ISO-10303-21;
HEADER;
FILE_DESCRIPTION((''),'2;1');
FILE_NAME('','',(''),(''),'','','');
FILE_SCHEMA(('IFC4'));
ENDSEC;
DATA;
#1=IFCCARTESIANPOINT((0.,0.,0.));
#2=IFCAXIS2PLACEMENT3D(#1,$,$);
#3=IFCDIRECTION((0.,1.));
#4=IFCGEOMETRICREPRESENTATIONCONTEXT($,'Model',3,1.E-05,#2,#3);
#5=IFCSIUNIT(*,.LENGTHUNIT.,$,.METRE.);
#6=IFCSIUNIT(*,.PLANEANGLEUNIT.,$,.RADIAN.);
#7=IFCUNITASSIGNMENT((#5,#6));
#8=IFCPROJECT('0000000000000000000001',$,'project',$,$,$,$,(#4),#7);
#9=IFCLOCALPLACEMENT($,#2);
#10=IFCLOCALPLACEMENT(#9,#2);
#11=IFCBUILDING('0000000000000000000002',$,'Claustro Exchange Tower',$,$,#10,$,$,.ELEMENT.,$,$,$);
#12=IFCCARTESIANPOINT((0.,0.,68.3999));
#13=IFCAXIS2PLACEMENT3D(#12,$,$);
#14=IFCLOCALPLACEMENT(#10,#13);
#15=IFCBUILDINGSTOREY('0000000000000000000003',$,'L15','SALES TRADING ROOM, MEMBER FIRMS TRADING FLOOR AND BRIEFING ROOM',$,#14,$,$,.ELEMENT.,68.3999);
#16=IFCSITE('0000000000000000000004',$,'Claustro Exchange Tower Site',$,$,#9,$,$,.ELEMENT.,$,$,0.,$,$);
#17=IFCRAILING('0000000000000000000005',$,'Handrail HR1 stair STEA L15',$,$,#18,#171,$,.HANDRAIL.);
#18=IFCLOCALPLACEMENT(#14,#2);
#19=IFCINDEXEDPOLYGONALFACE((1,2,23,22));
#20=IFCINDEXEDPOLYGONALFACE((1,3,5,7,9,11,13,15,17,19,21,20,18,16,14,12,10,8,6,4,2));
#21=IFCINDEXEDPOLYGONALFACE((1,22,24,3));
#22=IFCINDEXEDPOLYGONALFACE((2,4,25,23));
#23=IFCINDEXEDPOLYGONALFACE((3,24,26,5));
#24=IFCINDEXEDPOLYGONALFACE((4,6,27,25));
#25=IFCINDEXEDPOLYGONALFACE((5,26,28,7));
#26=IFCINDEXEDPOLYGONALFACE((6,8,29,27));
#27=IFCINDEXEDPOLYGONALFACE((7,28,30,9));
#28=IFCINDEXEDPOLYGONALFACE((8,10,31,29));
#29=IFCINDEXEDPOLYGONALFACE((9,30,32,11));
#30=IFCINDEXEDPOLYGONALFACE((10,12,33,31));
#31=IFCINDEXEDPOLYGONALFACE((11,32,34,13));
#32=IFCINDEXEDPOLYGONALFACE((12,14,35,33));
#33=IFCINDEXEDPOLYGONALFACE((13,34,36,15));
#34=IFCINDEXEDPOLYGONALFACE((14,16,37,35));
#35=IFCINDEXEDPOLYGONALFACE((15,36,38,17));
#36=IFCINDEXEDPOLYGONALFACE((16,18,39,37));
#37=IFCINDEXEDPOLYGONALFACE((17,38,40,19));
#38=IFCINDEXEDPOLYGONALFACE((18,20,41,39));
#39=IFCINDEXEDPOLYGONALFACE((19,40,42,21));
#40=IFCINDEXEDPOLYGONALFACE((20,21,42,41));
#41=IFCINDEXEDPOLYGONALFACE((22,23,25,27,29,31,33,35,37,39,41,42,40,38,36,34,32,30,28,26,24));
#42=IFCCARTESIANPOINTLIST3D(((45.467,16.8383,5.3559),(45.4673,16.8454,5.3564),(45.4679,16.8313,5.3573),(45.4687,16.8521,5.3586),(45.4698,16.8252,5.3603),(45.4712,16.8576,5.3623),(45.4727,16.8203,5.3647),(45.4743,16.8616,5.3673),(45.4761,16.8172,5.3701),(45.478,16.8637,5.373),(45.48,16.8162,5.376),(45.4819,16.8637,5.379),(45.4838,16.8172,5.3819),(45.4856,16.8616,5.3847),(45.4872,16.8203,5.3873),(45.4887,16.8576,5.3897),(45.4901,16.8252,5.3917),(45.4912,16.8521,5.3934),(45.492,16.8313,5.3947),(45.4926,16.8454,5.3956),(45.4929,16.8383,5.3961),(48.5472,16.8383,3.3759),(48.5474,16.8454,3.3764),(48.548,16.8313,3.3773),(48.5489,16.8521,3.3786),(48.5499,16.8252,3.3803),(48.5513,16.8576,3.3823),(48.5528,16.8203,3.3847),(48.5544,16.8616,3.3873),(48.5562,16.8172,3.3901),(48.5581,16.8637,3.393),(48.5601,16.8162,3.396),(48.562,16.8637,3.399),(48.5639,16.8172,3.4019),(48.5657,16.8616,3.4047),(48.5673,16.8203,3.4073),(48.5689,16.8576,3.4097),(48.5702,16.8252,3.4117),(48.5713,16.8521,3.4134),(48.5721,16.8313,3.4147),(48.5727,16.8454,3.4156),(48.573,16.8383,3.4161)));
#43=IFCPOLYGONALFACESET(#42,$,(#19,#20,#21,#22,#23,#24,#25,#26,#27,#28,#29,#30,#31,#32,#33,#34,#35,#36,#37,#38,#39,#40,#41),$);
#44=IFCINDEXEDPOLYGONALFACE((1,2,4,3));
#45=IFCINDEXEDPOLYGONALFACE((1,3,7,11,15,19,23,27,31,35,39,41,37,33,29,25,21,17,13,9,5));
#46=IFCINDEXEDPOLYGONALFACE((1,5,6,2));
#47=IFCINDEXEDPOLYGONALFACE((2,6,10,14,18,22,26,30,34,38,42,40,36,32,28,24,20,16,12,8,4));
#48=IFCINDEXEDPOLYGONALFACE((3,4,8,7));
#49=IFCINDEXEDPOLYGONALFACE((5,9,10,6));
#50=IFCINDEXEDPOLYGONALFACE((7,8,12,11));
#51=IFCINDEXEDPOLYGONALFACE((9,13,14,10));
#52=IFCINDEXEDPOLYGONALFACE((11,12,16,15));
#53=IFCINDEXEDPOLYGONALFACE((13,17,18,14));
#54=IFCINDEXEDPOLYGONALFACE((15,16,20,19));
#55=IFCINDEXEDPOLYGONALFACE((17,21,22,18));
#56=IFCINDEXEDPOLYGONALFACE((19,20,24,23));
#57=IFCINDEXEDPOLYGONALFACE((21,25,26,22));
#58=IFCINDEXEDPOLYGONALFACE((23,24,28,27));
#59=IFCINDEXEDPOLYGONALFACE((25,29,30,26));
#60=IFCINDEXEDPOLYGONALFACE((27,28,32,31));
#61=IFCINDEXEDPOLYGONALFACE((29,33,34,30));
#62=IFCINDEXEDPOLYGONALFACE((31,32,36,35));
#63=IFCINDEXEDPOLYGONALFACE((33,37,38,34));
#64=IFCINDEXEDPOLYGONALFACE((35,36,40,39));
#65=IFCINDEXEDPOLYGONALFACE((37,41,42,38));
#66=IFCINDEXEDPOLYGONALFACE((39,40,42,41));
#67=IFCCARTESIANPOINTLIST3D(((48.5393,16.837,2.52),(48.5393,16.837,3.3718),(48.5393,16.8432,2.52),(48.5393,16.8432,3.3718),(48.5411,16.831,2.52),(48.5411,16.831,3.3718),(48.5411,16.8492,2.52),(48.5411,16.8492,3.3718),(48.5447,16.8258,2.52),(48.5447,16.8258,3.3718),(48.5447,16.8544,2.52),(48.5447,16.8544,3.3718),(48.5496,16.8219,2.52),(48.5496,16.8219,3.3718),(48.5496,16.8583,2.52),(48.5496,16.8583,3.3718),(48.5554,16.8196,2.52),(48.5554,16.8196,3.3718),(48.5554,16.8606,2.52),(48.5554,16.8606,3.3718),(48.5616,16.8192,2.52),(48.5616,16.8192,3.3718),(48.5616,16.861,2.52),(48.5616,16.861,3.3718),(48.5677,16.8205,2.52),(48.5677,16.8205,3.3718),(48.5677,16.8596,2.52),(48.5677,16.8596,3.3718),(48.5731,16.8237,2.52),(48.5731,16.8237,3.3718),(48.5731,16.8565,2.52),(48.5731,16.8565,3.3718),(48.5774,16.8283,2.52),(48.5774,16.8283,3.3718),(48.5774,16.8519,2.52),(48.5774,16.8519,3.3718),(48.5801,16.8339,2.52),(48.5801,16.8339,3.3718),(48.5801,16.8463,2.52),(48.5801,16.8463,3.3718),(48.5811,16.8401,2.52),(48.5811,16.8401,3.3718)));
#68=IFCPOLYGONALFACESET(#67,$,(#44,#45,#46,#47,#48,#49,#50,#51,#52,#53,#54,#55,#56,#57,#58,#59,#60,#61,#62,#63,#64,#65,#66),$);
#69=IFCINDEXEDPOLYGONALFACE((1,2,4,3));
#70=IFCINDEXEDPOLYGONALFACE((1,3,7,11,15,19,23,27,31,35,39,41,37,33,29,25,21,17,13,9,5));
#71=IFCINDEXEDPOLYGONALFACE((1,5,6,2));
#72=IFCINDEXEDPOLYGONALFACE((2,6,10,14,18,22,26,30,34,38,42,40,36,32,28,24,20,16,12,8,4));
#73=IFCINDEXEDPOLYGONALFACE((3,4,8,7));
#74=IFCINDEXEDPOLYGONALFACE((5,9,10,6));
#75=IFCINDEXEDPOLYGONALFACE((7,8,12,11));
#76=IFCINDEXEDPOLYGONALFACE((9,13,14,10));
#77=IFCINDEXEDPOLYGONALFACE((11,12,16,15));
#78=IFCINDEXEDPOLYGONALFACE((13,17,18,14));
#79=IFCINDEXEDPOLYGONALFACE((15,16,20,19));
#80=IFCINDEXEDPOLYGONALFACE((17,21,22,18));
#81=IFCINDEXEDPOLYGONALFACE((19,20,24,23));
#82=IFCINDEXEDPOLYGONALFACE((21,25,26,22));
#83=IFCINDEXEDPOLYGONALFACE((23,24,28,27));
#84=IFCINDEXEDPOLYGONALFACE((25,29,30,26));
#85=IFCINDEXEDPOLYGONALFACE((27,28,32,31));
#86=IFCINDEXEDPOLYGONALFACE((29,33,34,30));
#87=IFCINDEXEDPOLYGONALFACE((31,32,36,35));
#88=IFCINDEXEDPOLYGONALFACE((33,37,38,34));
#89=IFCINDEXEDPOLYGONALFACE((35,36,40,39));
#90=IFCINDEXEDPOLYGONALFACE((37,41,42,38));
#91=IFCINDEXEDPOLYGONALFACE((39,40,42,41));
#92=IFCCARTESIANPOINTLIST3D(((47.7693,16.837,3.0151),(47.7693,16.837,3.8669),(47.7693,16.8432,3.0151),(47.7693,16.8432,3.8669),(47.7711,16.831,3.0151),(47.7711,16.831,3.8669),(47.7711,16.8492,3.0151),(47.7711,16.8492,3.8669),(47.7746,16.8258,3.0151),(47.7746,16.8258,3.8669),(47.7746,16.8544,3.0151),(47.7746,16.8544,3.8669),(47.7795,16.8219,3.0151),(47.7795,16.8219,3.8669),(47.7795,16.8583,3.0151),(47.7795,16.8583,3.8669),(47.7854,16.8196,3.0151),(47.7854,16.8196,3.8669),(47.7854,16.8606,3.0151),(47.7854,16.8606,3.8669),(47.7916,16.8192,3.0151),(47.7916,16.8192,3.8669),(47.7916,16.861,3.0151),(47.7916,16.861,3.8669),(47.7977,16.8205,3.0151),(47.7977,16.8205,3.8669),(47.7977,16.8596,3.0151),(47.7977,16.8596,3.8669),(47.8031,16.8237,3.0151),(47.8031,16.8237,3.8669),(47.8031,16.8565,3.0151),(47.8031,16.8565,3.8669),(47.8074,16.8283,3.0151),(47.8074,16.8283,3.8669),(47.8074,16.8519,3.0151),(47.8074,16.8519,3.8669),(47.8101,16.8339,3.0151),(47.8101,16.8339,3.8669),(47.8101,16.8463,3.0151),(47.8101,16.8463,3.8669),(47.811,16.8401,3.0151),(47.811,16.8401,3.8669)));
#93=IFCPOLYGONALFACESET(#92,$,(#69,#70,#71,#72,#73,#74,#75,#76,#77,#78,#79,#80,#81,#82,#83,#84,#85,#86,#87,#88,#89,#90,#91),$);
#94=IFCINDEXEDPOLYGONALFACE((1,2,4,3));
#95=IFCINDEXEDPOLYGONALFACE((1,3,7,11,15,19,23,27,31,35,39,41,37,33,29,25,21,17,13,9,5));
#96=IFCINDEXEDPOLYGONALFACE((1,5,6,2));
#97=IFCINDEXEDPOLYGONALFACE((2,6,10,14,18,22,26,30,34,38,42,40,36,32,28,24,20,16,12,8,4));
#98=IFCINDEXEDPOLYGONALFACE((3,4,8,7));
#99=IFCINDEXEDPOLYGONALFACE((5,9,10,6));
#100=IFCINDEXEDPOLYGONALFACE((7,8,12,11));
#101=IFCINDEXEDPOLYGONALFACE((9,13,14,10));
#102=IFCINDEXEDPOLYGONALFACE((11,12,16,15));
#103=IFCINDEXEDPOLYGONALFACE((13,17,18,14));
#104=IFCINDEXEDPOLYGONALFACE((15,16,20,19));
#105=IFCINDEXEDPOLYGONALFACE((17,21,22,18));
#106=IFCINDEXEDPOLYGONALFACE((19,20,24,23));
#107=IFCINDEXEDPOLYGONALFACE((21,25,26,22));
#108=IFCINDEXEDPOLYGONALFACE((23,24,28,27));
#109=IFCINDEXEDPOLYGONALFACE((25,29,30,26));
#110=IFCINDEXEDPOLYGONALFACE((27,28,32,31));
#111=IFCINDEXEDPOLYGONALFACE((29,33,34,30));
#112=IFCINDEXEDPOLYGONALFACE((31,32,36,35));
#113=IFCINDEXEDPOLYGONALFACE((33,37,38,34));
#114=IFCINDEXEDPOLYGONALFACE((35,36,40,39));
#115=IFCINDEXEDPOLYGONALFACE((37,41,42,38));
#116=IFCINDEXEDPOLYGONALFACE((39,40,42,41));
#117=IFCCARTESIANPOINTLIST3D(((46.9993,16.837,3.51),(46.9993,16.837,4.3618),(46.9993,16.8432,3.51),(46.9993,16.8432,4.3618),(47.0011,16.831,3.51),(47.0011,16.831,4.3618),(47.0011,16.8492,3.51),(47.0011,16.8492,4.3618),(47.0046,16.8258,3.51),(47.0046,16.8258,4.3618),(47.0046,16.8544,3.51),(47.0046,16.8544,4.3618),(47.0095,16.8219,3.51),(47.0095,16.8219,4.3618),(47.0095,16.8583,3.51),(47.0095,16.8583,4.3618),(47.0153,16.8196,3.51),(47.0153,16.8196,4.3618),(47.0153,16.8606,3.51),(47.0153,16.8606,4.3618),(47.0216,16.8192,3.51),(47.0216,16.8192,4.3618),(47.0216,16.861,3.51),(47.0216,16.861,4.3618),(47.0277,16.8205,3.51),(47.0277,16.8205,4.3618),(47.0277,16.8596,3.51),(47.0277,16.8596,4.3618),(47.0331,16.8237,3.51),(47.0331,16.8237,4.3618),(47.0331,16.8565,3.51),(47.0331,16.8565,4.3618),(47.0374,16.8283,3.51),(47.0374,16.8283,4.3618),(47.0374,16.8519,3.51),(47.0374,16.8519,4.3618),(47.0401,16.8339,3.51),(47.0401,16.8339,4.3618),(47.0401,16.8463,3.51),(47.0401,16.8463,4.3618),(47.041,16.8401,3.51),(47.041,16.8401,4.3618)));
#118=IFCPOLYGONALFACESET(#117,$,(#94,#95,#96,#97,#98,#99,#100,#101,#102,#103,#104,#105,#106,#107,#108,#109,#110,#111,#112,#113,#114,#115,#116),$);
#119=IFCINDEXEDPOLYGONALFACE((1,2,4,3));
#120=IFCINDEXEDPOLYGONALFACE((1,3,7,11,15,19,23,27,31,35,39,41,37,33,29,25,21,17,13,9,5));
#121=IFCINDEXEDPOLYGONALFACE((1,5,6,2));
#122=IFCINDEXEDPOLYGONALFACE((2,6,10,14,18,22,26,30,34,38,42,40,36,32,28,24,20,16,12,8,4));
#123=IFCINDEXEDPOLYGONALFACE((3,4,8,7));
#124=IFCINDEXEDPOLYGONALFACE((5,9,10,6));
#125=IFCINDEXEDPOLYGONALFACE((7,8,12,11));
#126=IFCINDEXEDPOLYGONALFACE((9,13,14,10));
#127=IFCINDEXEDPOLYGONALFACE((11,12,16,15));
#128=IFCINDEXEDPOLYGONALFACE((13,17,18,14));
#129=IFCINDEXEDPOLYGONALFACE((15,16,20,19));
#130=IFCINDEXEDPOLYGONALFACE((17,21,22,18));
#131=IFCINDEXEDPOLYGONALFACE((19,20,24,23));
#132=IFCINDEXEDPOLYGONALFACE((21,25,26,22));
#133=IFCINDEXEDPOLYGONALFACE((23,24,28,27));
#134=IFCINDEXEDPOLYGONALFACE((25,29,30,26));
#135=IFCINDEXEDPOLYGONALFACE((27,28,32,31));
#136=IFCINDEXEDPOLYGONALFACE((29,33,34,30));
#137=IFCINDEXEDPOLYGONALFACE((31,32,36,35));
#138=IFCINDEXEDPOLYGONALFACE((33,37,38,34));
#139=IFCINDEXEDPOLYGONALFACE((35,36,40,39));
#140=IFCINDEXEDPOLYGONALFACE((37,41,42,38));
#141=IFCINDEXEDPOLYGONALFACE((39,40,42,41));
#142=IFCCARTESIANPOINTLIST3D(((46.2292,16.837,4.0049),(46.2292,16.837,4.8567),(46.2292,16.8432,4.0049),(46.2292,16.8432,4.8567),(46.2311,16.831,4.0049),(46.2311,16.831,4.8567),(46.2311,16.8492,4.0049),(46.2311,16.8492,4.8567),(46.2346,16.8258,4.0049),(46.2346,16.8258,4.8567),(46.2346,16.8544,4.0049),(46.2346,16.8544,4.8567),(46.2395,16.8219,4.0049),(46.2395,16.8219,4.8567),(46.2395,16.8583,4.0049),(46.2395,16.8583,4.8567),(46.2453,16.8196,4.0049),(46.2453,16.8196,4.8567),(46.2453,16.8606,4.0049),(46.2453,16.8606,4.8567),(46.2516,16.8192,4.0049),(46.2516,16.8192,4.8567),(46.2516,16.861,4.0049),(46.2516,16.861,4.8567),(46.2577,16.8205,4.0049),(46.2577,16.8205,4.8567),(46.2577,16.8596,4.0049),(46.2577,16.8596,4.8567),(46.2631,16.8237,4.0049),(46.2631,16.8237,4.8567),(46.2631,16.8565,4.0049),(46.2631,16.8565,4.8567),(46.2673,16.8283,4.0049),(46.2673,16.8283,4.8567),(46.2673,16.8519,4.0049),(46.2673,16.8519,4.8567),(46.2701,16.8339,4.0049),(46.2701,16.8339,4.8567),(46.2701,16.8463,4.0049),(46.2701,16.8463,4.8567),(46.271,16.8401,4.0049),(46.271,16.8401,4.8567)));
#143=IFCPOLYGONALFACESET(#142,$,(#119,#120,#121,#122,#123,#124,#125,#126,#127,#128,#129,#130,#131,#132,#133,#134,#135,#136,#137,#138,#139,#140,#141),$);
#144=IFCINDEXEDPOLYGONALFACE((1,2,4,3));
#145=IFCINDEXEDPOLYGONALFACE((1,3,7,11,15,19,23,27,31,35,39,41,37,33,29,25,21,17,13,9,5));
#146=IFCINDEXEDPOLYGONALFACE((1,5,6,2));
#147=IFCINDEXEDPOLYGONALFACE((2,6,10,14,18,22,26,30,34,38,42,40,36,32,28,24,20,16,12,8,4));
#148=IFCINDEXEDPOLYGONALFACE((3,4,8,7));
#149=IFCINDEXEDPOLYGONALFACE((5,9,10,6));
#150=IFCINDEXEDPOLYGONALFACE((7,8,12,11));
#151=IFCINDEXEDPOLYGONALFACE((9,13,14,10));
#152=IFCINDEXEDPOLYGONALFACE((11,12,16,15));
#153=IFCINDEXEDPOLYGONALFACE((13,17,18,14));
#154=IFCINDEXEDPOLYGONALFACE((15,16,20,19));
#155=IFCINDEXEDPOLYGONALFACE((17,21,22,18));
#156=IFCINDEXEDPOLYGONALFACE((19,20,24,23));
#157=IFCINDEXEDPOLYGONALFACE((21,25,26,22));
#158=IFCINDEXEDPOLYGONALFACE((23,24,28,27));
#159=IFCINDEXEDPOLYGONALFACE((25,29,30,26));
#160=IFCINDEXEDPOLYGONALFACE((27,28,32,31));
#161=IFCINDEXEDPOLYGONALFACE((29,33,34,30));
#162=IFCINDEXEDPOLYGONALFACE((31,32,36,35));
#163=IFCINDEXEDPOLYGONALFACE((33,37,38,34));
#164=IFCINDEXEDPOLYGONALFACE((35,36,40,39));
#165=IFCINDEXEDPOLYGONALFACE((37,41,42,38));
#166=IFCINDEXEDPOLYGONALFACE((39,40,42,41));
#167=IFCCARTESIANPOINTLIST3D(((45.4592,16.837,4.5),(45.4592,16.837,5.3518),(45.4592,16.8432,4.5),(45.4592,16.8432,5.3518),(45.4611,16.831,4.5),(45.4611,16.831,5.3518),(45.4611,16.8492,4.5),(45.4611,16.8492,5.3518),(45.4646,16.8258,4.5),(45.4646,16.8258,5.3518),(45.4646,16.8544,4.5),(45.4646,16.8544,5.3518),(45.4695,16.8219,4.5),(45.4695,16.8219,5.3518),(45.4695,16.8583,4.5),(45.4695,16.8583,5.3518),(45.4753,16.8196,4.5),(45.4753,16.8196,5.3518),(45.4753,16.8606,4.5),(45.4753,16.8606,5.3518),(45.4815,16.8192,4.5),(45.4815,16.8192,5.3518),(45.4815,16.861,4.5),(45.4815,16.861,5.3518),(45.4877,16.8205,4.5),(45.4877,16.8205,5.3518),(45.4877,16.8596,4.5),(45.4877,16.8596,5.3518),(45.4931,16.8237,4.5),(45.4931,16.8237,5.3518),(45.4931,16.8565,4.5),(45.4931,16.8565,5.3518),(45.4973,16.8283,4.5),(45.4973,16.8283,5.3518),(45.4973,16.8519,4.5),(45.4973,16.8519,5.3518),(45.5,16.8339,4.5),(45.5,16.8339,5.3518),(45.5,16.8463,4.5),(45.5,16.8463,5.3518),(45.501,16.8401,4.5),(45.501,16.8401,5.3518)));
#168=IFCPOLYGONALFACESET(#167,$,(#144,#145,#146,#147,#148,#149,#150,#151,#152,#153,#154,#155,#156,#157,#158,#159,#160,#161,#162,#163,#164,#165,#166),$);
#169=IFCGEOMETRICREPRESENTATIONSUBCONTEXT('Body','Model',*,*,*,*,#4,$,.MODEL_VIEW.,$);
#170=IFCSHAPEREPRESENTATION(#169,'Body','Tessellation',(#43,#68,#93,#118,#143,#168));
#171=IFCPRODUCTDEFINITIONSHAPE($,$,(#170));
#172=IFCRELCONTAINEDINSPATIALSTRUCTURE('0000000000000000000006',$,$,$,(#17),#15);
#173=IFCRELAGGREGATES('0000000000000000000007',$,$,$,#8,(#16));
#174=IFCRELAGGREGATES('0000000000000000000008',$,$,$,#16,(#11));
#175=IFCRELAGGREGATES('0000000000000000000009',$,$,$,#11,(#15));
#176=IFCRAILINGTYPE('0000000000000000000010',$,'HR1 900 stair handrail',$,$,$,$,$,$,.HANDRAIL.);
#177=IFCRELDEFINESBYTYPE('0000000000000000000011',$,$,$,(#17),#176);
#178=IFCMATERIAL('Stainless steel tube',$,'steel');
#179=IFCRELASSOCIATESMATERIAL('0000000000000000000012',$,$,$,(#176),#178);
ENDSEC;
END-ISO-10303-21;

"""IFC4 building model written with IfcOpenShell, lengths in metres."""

from ifc_helpers import new_model, si_unit, direction, frame, origin, origin_2d, place, context, subcontext, project, spatial, circle, extrude, material, type_object, element, save


model = new_model("IFC4")

# Units and contexts
model_context = context("Model", 3, precision=1e-05, world=origin(), true_north=direction((0.0, 1.0)))
body_context = subcontext(model_context, "Body", "Model", "MODEL_VIEW")
ifc_project = project(units=[si_unit("LENGTHUNIT", "METRE"), si_unit("PLANEANGLEUNIT", "RADIAN")], contexts=[model_context])

# Site, building, storey
site_placement = place(None, origin())
site = spatial("IfcSite", under=ifc_project, at=site_placement, Name="Claustro Exchange Tower Site", CompositionType="ELEMENT", RefElevation=0.0)
building_placement = place(site_placement, origin())
building = spatial("IfcBuilding", under=site, at=building_placement, Name="Claustro Exchange Tower", CompositionType="ELEMENT")
storey_placement = place(building_placement, frame((0.0, 0.0, 68.3999)))
storey = spatial("IfcBuildingStorey", under=building, at=storey_placement, Name="L15", Description="SALES TRADING ROOM, MEMBER FIRMS TRADING FLOOR AND BRIEFING ROOM", CompositionType="ELEMENT", Elevation=68.3999)

# Railing
ifc_material_1 = material(Name="Stainless steel tube", Category="steel")
railing_type_1 = type_object("IfcRailingType", Name="HR1 900 stair handrail", PredefinedType="HANDRAIL", material=ifc_material_1)
railing_1_placement = place(storey_placement, frame((48.5601, 16.8401, 2.52)))
element("IfcRailing", 1, at=railing_1_placement, inside=storey, type_object=railing_type_1, Name="Handrail HR1 stair STEA L15", PredefinedType="HANDRAIL", context=body_context, shape_type="SweptSolid", body=[
    extrude(circle(Radius=0.0239, at=origin_2d()), frame((0.0, 0.0, 0.876), z_axis=(-0.841187, 0.0, 0.540744), x_axis=(0.0, -1.0, 0.0)), (0.0, 0.0, 1.0), 3.6616),
    extrude(circle(Radius=0.021, at=origin_2d()), origin(), (0.0, 0.0, 1.0), 0.8518),
    extrude(circle(Radius=0.021, at=origin_2d()), frame((-0.77, 0.0, 0.4951)), (0.0, 0.0, 1.0), 0.8518),
    extrude(circle(Radius=0.021, at=origin_2d()), frame((-1.54, 0.0, 0.99)), (0.0, 0.0, 1.0), 0.8518),
    extrude(circle(Radius=0.021, at=origin_2d()), frame((-2.3101, 0.0, 1.4849)), (0.0, 0.0, 1.0), 0.8518),
    extrude(circle(Radius=0.021, at=origin_2d()), frame((-3.0801, 0.0, 1.98)), (0.0, 0.0, 1.0), 0.8518),
])

save(model, "model.ifc")
